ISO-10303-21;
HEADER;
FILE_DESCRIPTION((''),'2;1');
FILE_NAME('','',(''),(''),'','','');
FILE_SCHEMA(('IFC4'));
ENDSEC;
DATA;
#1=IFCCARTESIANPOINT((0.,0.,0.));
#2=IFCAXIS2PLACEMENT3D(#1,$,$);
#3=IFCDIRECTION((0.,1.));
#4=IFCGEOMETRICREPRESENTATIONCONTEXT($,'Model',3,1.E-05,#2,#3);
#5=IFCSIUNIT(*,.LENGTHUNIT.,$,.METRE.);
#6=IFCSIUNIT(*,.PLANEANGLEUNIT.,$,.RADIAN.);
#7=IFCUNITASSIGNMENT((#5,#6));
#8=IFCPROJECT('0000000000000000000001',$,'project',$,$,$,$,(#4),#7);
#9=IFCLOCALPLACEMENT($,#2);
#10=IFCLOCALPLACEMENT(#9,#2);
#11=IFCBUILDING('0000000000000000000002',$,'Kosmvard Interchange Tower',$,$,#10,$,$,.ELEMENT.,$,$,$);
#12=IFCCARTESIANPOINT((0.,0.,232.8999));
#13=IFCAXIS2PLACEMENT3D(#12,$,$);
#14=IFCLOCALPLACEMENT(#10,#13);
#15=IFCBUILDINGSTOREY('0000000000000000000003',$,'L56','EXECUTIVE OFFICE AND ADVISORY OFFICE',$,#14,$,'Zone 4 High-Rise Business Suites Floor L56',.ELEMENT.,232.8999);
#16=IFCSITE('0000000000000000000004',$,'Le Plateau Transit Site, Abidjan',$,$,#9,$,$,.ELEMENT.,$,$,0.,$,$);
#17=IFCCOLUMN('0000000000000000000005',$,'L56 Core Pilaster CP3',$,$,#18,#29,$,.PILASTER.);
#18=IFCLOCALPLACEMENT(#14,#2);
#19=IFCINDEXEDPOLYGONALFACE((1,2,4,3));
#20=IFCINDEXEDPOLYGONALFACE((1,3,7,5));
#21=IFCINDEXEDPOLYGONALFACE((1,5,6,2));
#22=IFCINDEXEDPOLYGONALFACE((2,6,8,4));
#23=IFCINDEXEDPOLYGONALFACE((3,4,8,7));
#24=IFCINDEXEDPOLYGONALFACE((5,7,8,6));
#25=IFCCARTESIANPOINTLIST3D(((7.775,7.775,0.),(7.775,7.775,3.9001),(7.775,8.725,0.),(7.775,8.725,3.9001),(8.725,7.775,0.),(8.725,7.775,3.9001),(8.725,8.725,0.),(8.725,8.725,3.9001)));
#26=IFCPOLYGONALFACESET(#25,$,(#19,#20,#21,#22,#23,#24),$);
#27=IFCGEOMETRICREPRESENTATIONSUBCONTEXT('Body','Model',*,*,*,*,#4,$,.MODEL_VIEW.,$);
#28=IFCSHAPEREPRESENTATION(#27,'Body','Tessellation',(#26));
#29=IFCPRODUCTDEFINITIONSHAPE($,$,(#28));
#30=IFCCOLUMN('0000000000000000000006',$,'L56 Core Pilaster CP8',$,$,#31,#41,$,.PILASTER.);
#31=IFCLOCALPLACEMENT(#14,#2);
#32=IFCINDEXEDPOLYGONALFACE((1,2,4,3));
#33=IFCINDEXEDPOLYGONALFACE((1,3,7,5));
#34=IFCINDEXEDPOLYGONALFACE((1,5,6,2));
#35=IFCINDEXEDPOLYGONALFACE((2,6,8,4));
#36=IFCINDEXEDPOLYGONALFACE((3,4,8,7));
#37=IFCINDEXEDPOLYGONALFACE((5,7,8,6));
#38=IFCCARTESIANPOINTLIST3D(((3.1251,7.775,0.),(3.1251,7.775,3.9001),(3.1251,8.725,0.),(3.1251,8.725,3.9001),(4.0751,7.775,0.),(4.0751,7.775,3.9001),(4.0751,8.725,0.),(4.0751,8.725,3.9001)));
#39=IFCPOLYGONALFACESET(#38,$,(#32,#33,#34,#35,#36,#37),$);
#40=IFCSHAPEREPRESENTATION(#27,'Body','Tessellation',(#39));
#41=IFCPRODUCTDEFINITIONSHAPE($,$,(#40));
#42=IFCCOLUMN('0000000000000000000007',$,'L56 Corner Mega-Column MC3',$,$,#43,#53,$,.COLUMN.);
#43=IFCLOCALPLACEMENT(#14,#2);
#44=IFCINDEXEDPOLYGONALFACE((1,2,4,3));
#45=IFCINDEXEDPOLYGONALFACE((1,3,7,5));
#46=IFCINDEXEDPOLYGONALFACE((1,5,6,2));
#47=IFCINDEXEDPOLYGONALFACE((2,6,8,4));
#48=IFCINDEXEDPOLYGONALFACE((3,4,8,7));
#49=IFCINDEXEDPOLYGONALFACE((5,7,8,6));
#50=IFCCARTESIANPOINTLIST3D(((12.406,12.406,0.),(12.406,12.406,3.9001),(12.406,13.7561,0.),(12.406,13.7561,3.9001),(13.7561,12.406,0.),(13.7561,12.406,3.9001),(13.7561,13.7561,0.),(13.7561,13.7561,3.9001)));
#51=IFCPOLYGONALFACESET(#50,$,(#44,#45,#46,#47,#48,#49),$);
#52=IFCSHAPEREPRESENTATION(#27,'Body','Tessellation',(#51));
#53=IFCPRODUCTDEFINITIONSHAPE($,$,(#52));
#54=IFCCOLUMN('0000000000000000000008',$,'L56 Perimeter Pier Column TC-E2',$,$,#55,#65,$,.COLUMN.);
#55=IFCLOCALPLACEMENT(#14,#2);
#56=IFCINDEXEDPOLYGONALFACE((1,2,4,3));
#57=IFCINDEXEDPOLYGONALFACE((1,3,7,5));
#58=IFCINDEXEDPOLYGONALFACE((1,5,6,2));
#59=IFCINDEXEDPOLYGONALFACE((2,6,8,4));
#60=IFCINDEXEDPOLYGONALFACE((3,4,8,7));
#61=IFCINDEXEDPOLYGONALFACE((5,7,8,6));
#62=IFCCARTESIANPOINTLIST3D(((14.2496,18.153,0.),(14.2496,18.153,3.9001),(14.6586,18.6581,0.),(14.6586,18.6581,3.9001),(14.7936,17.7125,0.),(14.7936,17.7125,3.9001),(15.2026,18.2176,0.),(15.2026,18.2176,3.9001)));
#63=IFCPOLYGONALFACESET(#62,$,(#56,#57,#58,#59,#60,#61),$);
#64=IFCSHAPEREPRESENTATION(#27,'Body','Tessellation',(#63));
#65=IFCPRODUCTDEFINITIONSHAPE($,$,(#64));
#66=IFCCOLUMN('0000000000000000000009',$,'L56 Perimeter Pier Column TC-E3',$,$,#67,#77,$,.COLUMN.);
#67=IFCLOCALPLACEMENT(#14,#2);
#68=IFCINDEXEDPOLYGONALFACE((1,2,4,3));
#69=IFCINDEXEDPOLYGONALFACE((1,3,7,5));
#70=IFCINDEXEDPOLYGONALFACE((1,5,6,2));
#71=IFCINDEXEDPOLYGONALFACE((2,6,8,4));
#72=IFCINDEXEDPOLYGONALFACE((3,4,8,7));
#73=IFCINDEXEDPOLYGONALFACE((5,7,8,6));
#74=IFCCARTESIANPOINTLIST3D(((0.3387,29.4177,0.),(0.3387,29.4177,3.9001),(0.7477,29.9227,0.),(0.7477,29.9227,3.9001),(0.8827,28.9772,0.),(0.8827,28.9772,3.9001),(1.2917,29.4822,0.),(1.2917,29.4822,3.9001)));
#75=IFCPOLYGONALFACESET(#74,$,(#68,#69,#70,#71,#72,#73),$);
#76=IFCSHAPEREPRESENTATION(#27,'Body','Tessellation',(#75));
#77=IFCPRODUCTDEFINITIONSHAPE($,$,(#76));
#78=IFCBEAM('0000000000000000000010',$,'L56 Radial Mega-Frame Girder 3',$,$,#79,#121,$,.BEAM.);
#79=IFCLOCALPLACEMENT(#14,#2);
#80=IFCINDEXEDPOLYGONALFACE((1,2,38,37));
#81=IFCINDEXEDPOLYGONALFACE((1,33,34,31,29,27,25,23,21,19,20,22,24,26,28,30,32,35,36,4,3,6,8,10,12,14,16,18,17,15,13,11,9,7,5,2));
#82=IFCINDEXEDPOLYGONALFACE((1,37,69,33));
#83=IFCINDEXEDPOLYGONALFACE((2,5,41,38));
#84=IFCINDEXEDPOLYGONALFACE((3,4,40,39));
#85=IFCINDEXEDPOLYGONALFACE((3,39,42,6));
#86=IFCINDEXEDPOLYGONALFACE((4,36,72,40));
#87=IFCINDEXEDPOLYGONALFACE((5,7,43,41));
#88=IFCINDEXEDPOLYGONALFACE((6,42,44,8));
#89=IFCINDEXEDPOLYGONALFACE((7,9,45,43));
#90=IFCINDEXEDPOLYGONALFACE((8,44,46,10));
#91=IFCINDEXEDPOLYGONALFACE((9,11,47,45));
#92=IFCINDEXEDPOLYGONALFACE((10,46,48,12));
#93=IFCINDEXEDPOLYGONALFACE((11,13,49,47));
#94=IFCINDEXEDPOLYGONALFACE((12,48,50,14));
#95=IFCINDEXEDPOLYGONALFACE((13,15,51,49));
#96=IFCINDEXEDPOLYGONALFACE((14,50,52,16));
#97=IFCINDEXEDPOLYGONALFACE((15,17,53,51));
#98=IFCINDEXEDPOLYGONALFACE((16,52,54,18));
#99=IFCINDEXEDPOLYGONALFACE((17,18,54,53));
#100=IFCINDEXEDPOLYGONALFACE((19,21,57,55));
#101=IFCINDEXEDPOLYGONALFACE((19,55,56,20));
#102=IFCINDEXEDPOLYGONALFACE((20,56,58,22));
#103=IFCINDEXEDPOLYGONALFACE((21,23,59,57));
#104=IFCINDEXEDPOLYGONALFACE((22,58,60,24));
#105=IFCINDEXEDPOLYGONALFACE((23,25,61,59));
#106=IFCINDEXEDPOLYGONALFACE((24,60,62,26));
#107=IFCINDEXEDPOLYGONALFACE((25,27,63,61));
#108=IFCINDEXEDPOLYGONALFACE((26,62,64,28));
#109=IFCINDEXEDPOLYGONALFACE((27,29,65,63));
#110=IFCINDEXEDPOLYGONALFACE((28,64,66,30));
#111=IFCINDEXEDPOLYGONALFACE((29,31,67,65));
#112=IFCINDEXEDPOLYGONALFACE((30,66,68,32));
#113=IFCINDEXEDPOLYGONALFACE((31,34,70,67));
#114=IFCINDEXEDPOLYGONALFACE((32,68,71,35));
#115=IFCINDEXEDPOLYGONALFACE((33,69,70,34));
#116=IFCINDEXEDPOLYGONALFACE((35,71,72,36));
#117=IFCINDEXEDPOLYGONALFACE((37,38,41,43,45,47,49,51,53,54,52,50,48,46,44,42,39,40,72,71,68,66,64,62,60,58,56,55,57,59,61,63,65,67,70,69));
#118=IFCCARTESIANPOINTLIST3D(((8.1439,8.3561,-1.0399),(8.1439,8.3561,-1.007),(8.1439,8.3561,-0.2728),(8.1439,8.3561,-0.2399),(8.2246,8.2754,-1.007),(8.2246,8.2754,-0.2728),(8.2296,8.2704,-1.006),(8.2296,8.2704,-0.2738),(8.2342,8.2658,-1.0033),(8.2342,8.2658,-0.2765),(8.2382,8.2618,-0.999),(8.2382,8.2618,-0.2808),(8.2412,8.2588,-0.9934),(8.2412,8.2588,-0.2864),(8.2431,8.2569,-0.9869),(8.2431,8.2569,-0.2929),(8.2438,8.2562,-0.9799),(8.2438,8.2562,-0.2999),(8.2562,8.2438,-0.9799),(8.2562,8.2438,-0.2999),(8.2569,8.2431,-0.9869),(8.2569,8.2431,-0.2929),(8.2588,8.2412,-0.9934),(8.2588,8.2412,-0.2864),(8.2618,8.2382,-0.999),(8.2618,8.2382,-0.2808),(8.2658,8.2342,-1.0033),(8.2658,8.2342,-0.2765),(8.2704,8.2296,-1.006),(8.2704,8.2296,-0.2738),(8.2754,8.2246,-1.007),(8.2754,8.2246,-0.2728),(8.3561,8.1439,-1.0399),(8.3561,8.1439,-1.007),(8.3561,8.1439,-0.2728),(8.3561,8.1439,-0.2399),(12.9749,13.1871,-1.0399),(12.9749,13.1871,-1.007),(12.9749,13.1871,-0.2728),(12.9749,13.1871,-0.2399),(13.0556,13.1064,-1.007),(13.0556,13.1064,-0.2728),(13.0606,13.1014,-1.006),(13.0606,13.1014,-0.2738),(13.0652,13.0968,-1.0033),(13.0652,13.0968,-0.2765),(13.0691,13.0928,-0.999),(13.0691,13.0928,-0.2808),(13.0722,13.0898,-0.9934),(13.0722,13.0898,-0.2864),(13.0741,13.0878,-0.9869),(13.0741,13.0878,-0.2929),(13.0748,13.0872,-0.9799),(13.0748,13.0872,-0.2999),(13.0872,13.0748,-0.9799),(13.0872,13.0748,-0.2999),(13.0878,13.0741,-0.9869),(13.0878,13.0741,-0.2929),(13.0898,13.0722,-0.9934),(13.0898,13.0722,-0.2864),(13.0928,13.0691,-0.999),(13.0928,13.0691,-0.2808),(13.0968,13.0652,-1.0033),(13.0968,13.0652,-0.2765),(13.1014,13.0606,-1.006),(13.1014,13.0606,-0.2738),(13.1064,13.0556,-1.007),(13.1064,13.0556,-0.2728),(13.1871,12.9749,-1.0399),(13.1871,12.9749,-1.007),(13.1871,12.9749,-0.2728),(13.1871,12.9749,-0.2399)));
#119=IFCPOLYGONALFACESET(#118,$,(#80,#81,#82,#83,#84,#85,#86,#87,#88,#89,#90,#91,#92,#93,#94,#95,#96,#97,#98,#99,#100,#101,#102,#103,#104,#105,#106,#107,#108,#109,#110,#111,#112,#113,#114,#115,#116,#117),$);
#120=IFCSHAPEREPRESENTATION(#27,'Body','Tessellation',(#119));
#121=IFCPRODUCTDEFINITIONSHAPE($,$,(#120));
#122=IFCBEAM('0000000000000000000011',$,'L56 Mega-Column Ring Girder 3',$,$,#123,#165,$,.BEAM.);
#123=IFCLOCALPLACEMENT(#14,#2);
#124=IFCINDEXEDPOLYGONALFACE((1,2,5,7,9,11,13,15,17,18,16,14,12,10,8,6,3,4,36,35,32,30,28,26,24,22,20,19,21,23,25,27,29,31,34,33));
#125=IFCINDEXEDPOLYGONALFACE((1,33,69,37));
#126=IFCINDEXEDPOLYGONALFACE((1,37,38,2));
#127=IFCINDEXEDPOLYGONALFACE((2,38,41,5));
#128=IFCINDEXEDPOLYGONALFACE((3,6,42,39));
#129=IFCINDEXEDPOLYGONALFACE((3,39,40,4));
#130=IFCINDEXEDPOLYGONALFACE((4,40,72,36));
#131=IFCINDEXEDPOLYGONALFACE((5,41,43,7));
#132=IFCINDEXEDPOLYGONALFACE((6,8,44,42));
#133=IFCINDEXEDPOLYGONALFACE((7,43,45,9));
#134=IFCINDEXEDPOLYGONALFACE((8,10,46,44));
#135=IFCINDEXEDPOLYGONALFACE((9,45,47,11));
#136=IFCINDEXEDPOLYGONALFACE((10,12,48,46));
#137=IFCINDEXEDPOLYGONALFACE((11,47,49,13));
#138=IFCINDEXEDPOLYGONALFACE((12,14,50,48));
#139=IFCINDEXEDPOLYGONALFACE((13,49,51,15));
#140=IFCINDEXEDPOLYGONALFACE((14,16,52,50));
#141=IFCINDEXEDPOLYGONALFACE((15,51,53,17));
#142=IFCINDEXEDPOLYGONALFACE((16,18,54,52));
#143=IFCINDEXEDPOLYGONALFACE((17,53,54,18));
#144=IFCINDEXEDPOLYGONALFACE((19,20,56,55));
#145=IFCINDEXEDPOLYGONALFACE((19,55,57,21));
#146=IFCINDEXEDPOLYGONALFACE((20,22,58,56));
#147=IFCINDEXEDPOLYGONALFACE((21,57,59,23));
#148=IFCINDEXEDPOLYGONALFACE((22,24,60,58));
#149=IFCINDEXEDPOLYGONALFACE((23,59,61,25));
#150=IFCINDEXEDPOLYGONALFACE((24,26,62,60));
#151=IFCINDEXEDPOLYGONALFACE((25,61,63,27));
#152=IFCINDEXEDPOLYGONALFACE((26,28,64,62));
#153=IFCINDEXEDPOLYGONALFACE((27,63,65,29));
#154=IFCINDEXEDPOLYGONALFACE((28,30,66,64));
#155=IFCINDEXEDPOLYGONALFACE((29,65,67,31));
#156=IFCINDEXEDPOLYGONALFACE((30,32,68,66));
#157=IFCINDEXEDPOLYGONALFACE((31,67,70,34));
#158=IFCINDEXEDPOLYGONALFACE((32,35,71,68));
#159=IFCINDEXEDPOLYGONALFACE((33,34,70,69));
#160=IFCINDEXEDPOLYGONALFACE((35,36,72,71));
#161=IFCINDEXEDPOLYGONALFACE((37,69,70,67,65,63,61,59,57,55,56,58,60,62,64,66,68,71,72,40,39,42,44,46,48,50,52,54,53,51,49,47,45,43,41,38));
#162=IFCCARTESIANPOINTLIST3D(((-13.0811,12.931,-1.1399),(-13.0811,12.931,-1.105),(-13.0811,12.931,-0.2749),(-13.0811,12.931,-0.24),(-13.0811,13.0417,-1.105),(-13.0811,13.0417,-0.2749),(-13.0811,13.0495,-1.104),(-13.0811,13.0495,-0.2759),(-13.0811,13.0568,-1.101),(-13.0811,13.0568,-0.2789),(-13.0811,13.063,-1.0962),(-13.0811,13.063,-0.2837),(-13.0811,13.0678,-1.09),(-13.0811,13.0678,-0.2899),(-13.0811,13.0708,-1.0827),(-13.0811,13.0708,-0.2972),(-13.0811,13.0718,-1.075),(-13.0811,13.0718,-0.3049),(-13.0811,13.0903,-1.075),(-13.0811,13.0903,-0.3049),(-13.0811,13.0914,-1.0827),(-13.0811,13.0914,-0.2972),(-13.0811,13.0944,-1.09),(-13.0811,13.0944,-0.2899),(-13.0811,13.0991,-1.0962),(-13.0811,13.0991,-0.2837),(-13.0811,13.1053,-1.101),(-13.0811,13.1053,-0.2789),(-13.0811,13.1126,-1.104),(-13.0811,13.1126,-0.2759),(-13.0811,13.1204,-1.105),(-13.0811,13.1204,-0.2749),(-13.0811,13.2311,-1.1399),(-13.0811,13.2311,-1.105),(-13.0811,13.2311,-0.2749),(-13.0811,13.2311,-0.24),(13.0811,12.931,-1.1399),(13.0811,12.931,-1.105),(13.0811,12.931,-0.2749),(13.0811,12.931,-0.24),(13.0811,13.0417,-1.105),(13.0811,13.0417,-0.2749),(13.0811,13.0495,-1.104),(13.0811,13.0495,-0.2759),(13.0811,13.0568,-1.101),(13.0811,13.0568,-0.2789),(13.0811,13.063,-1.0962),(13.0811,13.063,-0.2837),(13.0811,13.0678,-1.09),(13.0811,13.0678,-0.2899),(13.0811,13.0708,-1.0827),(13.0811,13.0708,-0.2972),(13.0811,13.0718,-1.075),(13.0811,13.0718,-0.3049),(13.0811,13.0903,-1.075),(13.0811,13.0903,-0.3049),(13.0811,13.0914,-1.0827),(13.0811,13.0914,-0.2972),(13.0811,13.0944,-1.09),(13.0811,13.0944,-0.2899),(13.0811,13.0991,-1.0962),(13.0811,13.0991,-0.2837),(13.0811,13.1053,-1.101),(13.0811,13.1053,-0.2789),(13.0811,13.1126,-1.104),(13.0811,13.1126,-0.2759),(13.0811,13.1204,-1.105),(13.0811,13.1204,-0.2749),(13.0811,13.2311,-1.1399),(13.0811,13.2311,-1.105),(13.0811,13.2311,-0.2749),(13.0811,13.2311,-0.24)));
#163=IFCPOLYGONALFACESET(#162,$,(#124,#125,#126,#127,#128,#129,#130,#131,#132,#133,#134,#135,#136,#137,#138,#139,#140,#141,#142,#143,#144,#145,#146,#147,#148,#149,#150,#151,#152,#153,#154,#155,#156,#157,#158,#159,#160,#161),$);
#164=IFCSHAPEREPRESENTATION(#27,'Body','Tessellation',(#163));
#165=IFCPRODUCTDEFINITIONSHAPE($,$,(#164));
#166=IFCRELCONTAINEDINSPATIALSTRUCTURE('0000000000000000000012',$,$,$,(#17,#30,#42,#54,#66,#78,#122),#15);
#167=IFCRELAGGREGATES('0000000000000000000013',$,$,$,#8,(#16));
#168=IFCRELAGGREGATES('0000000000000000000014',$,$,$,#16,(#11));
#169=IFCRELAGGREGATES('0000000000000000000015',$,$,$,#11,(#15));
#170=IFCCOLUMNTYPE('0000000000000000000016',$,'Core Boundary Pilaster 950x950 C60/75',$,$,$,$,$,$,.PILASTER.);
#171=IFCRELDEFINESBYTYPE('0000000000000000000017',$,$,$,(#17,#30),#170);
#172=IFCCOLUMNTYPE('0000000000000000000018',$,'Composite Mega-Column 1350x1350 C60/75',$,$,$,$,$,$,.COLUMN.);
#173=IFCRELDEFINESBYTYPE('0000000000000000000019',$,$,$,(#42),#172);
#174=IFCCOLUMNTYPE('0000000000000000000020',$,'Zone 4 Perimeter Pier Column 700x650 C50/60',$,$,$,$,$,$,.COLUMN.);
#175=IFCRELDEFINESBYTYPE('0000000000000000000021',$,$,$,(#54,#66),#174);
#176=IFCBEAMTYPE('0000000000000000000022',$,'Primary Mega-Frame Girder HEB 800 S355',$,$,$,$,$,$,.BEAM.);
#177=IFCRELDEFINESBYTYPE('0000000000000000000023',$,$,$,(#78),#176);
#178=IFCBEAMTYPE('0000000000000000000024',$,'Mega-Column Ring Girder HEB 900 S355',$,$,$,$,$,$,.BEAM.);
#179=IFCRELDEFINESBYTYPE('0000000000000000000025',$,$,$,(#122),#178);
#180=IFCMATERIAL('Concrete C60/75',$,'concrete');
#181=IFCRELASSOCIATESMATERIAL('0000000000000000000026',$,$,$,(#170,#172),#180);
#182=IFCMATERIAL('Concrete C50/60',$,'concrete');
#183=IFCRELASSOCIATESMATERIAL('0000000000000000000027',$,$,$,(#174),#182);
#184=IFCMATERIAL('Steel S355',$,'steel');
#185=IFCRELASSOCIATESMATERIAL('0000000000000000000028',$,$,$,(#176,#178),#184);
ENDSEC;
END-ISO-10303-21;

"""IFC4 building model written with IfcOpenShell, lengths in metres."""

from ifc_helpers import new_model, si_unit, direction, frame, origin, origin_2d, place, context, subcontext, project, spatial, rectangle, i_section, extrude, source, transform, mapped, material, material_profile, profile_set, type_object, element, save


model = new_model("IFC4")

# Units and contexts
model_context = context("Model", 3, precision=1e-05, world=origin(), true_north=direction((0.0, 1.0)))
body_context = subcontext(model_context, "Body", "Model", "MODEL_VIEW")
ifc_project = project(units=[si_unit("LENGTHUNIT", "METRE"), si_unit("PLANEANGLEUNIT", "RADIAN")], contexts=[model_context])

# Site, building, storey
site_placement = place(None, origin())
site = spatial("IfcSite", under=ifc_project, at=site_placement, Name="Le Plateau Transit Site, Abidjan", CompositionType="ELEMENT", RefElevation=0.0)
building_placement = place(site_placement, origin())
building = spatial("IfcBuilding", under=site, at=building_placement, Name="Kosmvard Interchange Tower", CompositionType="ELEMENT")
storey_placement = place(building_placement, frame((0.0, 0.0, 232.8999)))
storey = spatial("IfcBuildingStorey", under=building, at=storey_placement, Name="L56", Description="EXECUTIVE OFFICE AND ADVISORY OFFICE", LongName="Zone 4 High-Rise Business Suites Floor L56", CompositionType="ELEMENT", Elevation=232.8999)

# Columns
ifc_material_1 = material(Name="Concrete C60/75", Category="concrete")
ifc_material_profile_1 = material_profile(ifc_material_1, rectangle(XDim=0.95, YDim=0.95, at=origin_2d()), Name="CP 950x950")
ifc_profile_set_1 = profile_set([ifc_material_profile_1], Name="Concrete C60/75")
column_type_1 = type_object("IfcColumnType", Name="Core Boundary Pilaster 950x950 C60/75", PredefinedType="PILASTER", material=ifc_profile_set_1)
shared_shape_1 = source(origin(), body_context, "Body", "SweptSolid", [
    extrude(rectangle(XDim=0.95, YDim=0.95, at=origin_2d()), origin(), (0.0, 0.0, 1.0), 3.9001),
])
for number, where, z_axis, x_axis, name in (
    (1, (8.25, 8.25, 0.0), (0.0, 0.0, 1.0), (1.0, 0.0, 0.0), "L56 Core Pilaster CP3"),
    (2, (3.6001, 8.25, 0.0), (0.0, 0.0, 1.0), (1.0, 0.0, 0.0), "L56 Core Pilaster CP8"),
):
    element("IfcColumn", number, at=place(storey_placement, frame(where, z_axis=z_axis, x_axis=x_axis)), inside=storey, type_object=column_type_1, Name=name, PredefinedType="PILASTER", context=body_context, shape_type="MappedRepresentation", body=[
        mapped(shared_shape_1, transform((0.0, 0.0, 0.0), scale=1.0)),
    ])
ifc_material_profile_2 = material_profile(ifc_material_1, rectangle(XDim=1.3501, YDim=1.3501, at=origin_2d()), Name="MC 1350x1350")
ifc_profile_set_2 = profile_set([ifc_material_profile_2], Name="Concrete C60/75")
column_type_2 = type_object("IfcColumnType", Name="Composite Mega-Column 1350x1350 C60/75", PredefinedType="COLUMN", material=ifc_profile_set_2)
shared_shape_2 = source(origin(), body_context, "Body", "SweptSolid", [
    extrude(rectangle(XDim=1.3501, YDim=1.3501, at=origin_2d()), origin(), (0.0, 0.0, 1.0), 3.9001),
])
column_placement = place(storey_placement, frame((13.0811, 13.0811, 0.0), z_axis=(0.0, 0.0, 1.0), x_axis=(1.0, 0.0, 0.0)))
element("IfcColumn", 3, at=column_placement, inside=storey, type_object=column_type_2, Name="L56 Corner Mega-Column MC3", PredefinedType="COLUMN", context=body_context, shape_type="MappedRepresentation", body=[
    mapped(shared_shape_2, transform((0.0, 0.0, 0.0), scale=1.0)),
])
ifc_material_2 = material(Name="Concrete C50/60", Category="concrete")
ifc_material_profile_3 = material_profile(ifc_material_2, rectangle(XDim=0.6499, YDim=0.7, at=origin_2d()), Name="TC 700x650")
ifc_profile_set_3 = profile_set([ifc_material_profile_3], Name="Concrete C50/60")
column_type_3 = type_object("IfcColumnType", Name="Zone 4 Perimeter Pier Column 700x650 C50/60", PredefinedType="COLUMN", material=ifc_profile_set_3)
shared_shape_3 = source(origin(), body_context, "Body", "SweptSolid", [
    extrude(rectangle(XDim=0.6499, YDim=0.7, at=origin_2d()), origin(), (0.0, 0.0, 1.0), 3.9001),
])
for number, where, z_axis, x_axis, name in (
    (4, (14.7261, 18.1853, 0.0), (0.0, 0.0, 1.0), (0.62932, 0.777146, 0.0), "L56 Perimeter Pier Column TC-E2"),
    (5, (0.8152, 29.45, 0.0), (0.0, 0.0, 1.0), (0.62932, 0.777146, 0.0), "L56 Perimeter Pier Column TC-E3"),
):
    element("IfcColumn", number, at=place(storey_placement, frame(where, z_axis=z_axis, x_axis=x_axis)), inside=storey, type_object=column_type_3, Name=name, PredefinedType="COLUMN", context=body_context, shape_type="MappedRepresentation", body=[
        mapped(shared_shape_3, transform((0.0, 0.0, 0.0), scale=1.0)),
    ])

# Beams
ifc_material_3 = material(Name="Steel S355", Category="steel")
ifc_material_profile_4 = material_profile(ifc_material_3, i_section(OverallWidth=0.3, OverallDepth=0.8, WebThickness=0.0176, FlangeThickness=0.033, FilletRadius=0.0271, at=origin_2d()), Name="HEB 800")
ifc_profile_set_4 = profile_set([ifc_material_profile_4], Name="Steel S355")
beam_type_1 = type_object("IfcBeamType", Name="Primary Mega-Frame Girder HEB 800 S355", PredefinedType="BEAM", material=ifc_profile_set_4)
shared_shape_4 = source(origin(), body_context, "Body", "SweptSolid", [
    extrude(i_section(OverallWidth=0.3, OverallDepth=0.8, WebThickness=0.0176, FlangeThickness=0.033, FilletRadius=0.0271, at=origin_2d()), origin(), (0.0, 0.0, 1.0), 6.832),
])
beam_1_placement = place(storey_placement, frame((8.25, 8.25, -0.6399), z_axis=(0.707107, 0.707107, 0.0), x_axis=(-0.707107, 0.707107, 0.0)))
element("IfcBeam", 6, at=beam_1_placement, inside=storey, type_object=beam_type_1, Name="L56 Radial Mega-Frame Girder 3", PredefinedType="BEAM", context=body_context, shape_type="MappedRepresentation", body=[
    mapped(shared_shape_4, transform((0.0, 0.0, 0.0), scale=1.0)),
])
ifc_material_profile_5 = material_profile(ifc_material_3, i_section(OverallWidth=0.3, OverallDepth=0.8999, WebThickness=0.0186, FlangeThickness=0.0349, FilletRadius=0.03, at=origin_2d()), Name="HEB 900")
ifc_profile_set_5 = profile_set([ifc_material_profile_5], Name="Steel S355")
beam_type_2 = type_object("IfcBeamType", Name="Mega-Column Ring Girder HEB 900 S355", PredefinedType="BEAM", material=ifc_profile_set_5)
shared_shape_5 = source(origin(), body_context, "Body", "SweptSolid", [
    extrude(i_section(OverallWidth=0.3, OverallDepth=0.8999, WebThickness=0.0186, FlangeThickness=0.0349, FilletRadius=0.03, at=origin_2d()), origin(), (0.0, 0.0, 1.0), 26.1621),
])
beam_2_placement = place(storey_placement, frame((13.0811, 13.0811, -0.6899), z_axis=(-1.0, 0.0, 0.0), x_axis=(0.0, -1.0, 0.0)))
element("IfcBeam", 7, at=beam_2_placement, inside=storey, type_object=beam_type_2, Name="L56 Mega-Column Ring Girder 3", PredefinedType="BEAM", context=body_context, shape_type="MappedRepresentation", body=[
    mapped(shared_shape_5, transform((0.0, 0.0, 0.0), scale=1.0)),
])

save(model, "model.ifc")
